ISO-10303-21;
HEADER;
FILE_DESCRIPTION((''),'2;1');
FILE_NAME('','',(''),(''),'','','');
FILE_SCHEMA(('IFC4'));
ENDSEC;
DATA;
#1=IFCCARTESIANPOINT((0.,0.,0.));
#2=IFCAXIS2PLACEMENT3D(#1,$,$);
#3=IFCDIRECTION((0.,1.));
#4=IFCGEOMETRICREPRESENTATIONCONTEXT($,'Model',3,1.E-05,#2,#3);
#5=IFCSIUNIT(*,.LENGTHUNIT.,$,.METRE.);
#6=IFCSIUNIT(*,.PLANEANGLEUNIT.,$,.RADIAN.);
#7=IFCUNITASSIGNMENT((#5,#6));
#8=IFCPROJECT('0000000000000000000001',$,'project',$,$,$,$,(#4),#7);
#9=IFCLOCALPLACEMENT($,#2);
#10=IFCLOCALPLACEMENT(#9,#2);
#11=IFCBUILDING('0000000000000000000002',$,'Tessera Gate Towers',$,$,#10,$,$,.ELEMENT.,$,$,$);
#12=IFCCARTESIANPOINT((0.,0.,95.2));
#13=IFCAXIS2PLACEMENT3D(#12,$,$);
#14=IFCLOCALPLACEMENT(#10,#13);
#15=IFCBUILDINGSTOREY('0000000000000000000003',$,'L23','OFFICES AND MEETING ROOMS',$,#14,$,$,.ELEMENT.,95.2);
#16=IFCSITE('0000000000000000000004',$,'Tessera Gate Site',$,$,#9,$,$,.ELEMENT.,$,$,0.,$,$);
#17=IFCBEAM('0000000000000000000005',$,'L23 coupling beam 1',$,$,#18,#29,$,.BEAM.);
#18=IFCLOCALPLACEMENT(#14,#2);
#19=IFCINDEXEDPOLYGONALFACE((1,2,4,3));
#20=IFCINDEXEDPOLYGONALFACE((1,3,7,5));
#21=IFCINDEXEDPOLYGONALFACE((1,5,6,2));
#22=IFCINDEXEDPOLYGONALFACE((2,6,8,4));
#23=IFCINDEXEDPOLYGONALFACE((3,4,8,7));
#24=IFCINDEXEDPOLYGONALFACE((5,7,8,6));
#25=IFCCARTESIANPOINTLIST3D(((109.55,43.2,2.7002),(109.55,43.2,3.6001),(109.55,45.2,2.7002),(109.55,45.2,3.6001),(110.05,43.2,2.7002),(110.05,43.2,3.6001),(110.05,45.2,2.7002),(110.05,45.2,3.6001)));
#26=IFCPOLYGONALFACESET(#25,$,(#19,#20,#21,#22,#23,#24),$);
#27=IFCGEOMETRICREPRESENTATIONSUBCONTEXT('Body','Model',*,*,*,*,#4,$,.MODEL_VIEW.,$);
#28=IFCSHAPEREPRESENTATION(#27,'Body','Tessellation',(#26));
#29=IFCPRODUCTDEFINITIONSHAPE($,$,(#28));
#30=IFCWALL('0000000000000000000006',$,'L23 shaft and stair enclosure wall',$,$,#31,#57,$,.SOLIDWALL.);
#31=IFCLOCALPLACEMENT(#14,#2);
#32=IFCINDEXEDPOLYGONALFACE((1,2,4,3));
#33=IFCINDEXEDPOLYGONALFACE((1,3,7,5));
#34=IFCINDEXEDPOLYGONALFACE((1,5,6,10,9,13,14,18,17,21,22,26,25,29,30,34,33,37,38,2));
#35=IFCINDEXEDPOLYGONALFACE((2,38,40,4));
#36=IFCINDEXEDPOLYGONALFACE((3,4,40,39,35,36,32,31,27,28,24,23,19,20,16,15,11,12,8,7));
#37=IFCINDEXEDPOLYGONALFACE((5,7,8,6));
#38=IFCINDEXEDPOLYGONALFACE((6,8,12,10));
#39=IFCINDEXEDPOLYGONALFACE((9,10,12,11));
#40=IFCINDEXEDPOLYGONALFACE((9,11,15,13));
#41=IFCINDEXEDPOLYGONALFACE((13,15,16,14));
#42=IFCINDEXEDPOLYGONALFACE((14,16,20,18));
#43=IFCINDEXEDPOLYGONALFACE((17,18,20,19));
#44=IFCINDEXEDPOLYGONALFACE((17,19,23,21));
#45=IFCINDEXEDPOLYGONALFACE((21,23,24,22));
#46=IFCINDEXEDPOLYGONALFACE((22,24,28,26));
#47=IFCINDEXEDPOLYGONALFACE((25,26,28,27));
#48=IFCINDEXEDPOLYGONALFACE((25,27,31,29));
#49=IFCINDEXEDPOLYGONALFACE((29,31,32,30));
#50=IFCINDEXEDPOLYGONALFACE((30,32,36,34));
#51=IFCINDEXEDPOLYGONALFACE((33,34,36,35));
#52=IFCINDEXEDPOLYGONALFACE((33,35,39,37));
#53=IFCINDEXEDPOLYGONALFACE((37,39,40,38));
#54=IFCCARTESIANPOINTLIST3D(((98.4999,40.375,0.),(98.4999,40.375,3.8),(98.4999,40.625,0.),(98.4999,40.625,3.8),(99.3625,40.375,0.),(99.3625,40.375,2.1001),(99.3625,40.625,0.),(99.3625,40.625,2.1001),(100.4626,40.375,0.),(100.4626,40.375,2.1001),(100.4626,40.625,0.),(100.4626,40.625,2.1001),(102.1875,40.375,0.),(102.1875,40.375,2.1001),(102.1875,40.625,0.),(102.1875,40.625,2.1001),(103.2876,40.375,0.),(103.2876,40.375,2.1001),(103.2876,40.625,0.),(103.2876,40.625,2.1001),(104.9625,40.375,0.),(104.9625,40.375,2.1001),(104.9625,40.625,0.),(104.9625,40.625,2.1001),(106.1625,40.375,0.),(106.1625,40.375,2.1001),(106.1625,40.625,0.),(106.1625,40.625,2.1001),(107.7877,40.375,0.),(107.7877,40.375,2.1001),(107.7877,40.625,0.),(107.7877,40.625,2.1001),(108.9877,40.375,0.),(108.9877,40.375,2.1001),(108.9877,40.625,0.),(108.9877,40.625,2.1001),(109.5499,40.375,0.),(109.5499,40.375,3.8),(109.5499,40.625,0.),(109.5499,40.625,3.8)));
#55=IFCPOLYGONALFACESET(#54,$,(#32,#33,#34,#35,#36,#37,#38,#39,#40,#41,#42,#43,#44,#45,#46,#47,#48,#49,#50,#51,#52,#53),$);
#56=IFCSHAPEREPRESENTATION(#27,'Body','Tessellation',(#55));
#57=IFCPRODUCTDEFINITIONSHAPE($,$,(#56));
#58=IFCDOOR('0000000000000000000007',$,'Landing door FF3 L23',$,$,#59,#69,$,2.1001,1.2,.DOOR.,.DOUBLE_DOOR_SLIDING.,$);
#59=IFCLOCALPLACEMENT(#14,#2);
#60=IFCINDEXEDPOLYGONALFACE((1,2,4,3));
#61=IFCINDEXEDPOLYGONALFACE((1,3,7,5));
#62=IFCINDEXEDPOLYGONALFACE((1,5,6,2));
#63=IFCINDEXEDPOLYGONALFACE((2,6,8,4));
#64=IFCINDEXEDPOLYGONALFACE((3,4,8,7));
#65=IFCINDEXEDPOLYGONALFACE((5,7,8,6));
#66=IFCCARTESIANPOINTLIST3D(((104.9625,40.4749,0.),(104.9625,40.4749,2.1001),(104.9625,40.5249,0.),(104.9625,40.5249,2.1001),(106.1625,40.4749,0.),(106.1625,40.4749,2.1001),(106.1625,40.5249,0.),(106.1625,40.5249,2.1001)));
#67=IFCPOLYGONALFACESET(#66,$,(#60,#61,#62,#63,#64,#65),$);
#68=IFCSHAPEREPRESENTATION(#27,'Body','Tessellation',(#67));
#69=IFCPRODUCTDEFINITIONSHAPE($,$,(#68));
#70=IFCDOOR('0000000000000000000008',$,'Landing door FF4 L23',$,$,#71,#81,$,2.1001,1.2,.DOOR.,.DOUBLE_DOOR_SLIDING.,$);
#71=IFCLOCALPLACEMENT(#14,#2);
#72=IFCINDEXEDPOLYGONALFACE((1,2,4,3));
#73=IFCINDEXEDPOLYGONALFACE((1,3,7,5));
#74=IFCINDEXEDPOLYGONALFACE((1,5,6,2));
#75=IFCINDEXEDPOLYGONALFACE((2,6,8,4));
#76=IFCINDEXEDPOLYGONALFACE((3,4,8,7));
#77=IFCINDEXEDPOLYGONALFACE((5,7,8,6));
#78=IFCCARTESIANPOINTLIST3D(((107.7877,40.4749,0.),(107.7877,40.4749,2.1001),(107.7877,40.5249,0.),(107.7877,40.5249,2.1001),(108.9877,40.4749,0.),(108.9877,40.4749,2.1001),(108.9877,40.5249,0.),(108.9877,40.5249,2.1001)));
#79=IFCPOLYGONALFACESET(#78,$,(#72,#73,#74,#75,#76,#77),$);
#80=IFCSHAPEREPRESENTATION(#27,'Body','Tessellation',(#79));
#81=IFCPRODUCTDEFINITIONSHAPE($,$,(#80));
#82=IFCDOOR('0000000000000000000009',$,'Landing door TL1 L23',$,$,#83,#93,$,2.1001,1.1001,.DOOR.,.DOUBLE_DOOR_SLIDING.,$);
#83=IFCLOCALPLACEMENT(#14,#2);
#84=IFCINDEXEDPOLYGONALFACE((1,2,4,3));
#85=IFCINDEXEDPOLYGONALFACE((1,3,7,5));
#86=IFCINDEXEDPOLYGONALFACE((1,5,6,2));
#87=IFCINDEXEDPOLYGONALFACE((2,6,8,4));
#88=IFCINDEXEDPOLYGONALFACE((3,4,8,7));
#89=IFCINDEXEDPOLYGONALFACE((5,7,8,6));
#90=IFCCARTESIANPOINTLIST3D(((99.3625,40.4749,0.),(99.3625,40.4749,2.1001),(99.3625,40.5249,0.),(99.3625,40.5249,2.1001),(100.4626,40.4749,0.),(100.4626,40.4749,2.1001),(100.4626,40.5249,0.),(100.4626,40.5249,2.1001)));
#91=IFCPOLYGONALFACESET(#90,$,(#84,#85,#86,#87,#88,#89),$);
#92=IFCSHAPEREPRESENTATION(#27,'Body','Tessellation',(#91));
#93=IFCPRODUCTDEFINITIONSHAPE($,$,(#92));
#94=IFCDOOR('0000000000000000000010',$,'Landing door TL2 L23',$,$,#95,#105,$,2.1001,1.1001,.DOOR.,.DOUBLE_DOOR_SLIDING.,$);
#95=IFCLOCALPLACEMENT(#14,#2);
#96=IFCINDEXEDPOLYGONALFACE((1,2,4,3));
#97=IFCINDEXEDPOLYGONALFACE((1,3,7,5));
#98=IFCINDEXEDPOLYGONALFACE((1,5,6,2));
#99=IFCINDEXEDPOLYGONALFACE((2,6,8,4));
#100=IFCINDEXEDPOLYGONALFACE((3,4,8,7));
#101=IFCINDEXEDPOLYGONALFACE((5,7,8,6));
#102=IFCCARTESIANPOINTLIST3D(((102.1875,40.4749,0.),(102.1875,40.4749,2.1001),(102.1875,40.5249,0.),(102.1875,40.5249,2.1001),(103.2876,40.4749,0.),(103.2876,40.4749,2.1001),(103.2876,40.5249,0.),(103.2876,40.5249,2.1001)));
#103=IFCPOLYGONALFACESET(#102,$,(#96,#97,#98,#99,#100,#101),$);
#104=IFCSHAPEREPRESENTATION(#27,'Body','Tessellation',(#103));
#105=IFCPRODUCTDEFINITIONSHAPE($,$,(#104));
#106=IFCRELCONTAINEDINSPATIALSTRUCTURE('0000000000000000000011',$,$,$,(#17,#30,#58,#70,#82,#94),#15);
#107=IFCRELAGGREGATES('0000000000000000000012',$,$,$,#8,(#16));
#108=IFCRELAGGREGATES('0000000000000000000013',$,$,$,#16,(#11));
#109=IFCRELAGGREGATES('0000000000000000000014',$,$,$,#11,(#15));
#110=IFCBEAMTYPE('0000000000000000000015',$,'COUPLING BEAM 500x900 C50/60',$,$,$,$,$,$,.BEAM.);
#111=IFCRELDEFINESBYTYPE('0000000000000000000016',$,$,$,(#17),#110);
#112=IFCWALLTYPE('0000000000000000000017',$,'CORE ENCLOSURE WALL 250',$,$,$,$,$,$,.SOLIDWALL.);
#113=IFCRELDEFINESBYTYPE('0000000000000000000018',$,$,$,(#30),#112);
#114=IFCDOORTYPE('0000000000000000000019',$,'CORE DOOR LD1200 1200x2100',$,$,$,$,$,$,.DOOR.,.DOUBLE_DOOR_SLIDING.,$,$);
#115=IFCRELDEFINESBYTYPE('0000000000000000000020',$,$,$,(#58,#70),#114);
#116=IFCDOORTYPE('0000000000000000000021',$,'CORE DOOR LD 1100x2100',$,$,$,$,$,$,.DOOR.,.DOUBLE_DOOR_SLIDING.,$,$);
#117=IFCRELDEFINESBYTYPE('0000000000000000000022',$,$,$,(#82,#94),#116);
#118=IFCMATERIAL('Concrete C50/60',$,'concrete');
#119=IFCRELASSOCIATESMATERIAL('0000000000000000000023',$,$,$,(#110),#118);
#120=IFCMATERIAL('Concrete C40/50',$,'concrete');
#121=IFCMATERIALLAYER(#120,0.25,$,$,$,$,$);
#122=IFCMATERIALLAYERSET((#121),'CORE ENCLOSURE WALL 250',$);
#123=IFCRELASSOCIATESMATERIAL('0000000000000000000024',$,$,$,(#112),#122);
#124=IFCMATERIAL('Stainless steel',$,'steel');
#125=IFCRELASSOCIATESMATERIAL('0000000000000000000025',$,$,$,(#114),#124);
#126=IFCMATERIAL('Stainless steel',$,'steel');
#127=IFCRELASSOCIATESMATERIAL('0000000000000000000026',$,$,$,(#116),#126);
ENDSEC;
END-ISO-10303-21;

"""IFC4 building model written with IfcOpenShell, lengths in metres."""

from ifc_helpers import new_model, si_unit, direction, frame, frame_2d, origin, origin_2d, place, context, subcontext, project, spatial, rectangle, extrude, source, transform, mapped, material, layer, layer_set, material_profile, profile_set, type_object, element, fill, save


model = new_model("IFC4")

# Units and contexts
model_context = context("Model", 3, precision=1e-05, world=origin(), true_north=direction((0.0, 1.0)))
body_context = subcontext(model_context, "Body", "Model", "MODEL_VIEW")
ifc_project = project(units=[si_unit("LENGTHUNIT", "METRE"), si_unit("PLANEANGLEUNIT", "RADIAN")], contexts=[model_context])

# Site, building, storey
site_placement = place(None, origin())
site = spatial("IfcSite", under=ifc_project, at=site_placement, Name="Tessera Gate Site", CompositionType="ELEMENT", RefElevation=0.0)
building_placement = place(site_placement, origin())
building = spatial("IfcBuilding", under=site, at=building_placement, Name="Tessera Gate Towers", CompositionType="ELEMENT")
storey_placement = place(building_placement, frame((0.0, 0.0, 95.2)))
storey = spatial("IfcBuildingStorey", under=building, at=storey_placement, Name="L23", Description="OFFICES AND MEETING ROOMS", CompositionType="ELEMENT", Elevation=95.2)

# Beam
ifc_material_1 = material(Name="Concrete C50/60", Category="concrete")
ifc_material_profile = material_profile(ifc_material_1, rectangle(XDim=0.5, YDim=0.8999, at=origin_2d()), Name="RC 500x900")
ifc_profile_set = profile_set([ifc_material_profile], Name="Concrete C50/60")
beam_type = type_object("IfcBeamType", Name="COUPLING BEAM 500x900 C50/60", PredefinedType="BEAM", material=ifc_profile_set)
beam_placement = place(storey_placement, frame((109.8, 43.2, 3.1501), z_axis=(0.0, 1.0, 0.0), x_axis=(-1.0, 0.0, 0.0)))
element("IfcBeam", 1, at=beam_placement, inside=storey, type_object=beam_type, Name="L23 coupling beam 1", PredefinedType="BEAM", context=body_context, shape_type="SweptSolid", body=[
    extrude(rectangle(XDim=0.5, YDim=0.8999, at=origin_2d()), origin(), (0.0, 0.0, 1.0), 2.0),
])

# Wall, openings, doors
ifc_material_2 = material(Name="Concrete C40/50", Category="concrete")
ifc_layer_1 = layer(ifc_material_2, 0.25)
ifc_layer_set_1 = layer_set([ifc_layer_1], Name="CORE ENCLOSURE WALL 250")
wall_type_1 = type_object("IfcWallType", Name="CORE ENCLOSURE WALL 250", PredefinedType="SOLIDWALL", material=ifc_layer_set_1)
wall_1_placement = place(storey_placement, frame((98.5, 40.5, 0.0), z_axis=(0.0, 0.0, 1.0), x_axis=(1.0, 0.0, 0.0)))
wall_1 = element("IfcWall", 2, at=wall_1_placement, inside=storey, type_object=wall_type_1, Name="L23 shaft and stair enclosure wall", PredefinedType="SOLIDWALL", context=body_context, shape_type="SweptSolid", body=[
    extrude(rectangle(XDim=11.05, YDim=0.25, at=frame_2d((5.5249, 0.0))), origin(), (0.0, 0.0, 1.0), 3.8),
])
shared_shape_1 = source(origin(), body_context, "Body", "SweptSolid", [
    extrude(rectangle(XDim=1.1001, YDim=2.1001, at=frame_2d((0.55, 1.05))), frame((0.0, 0.135, 0.0), z_axis=(0.0, -1.0, 0.0), x_axis=(1.0, 0.0, 0.0)), (0.0, 0.0, 1.0), 0.27),
])
opening_1_placement = place(wall_1_placement, frame((0.8625, 0.0, 0.0)))
opening_1 = element("IfcOpeningElement", 3, at=opening_1_placement, cuts=wall_1, PredefinedType="OPENING", context=body_context, shape_type="MappedRepresentation", body=[
    mapped(shared_shape_1, transform((0.0, 0.0, 0.0), scale=1.0)),
])
opening_2_placement = place(wall_1_placement, frame((3.6875, 0.0, 0.0)))
opening_2 = element("IfcOpeningElement", 4, at=opening_2_placement, cuts=wall_1, PredefinedType="OPENING", context=body_context, shape_type="MappedRepresentation", body=[
    mapped(shared_shape_1, transform((0.0, 0.0, 0.0), scale=1.0)),
])
shared_shape_2 = source(origin(), body_context, "Body", "SweptSolid", [
    extrude(rectangle(XDim=1.2, YDim=2.1001, at=frame_2d((0.6001, 1.05))), frame((0.0, 0.135, 0.0), z_axis=(0.0, -1.0, 0.0), x_axis=(1.0, 0.0, 0.0)), (0.0, 0.0, 1.0), 0.27),
])
opening_3_placement = place(wall_1_placement, frame((6.4624, 0.0, 0.0)))
opening_3 = element("IfcOpeningElement", 5, at=opening_3_placement, cuts=wall_1, PredefinedType="OPENING", context=body_context, shape_type="MappedRepresentation", body=[
    mapped(shared_shape_2, transform((0.0, 0.0, 0.0), scale=1.0)),
])
opening_4_placement = place(wall_1_placement, frame((9.2876, 0.0, 0.0)))
opening_4 = element("IfcOpeningElement", 6, at=opening_4_placement, cuts=wall_1, PredefinedType="OPENING", context=body_context, shape_type="MappedRepresentation", body=[
    mapped(shared_shape_2, transform((0.0, 0.0, 0.0), scale=1.0)),
])
ifc_material_3 = material(Name="Stainless steel", Category="steel")
door_type_1 = type_object("IfcDoorType", Name="CORE DOOR LD1200 1200x2100", OperationType="DOUBLE_DOOR_SLIDING", PredefinedType="DOOR", material=ifc_material_3)
shared_shape_3 = source(origin(), body_context, "Body", "SweptSolid", [
    extrude(rectangle(XDim=1.2, YDim=2.1001, at=frame_2d((0.6001, 1.05))), frame((0.0, 0.0249, 0.0), z_axis=(0.0, -1.0, 0.0), x_axis=(1.0, 0.0, 0.0)), (0.0, 0.0, 1.0), 0.05),
])
door_1_placement = place(opening_3_placement, origin())
door_1 = element("IfcDoor", 7, at=door_1_placement, inside=storey, type_object=door_type_1, Name="Landing door FF3 L23", OperationType="DOUBLE_DOOR_SLIDING", OverallHeight=2.1001, OverallWidth=1.2, PredefinedType="DOOR", context=body_context, shape_type="MappedRepresentation", body=[
    mapped(shared_shape_3, transform((0.0, 0.0, 0.0), scale=1.0)),
])
fill(opening_3, door_1)
door_2_placement = place(opening_4_placement, origin())
door_2 = element("IfcDoor", 8, at=door_2_placement, inside=storey, type_object=door_type_1, Name="Landing door FF4 L23", OperationType="DOUBLE_DOOR_SLIDING", OverallHeight=2.1001, OverallWidth=1.2, PredefinedType="DOOR", context=body_context, shape_type="MappedRepresentation", body=[
    mapped(shared_shape_3, transform((0.0, 0.0, 0.0), scale=1.0)),
])
fill(opening_4, door_2)
ifc_material_4 = material(Name="Stainless steel", Category="steel")
door_type_2 = type_object("IfcDoorType", Name="CORE DOOR LD 1100x2100", OperationType="DOUBLE_DOOR_SLIDING", PredefinedType="DOOR", material=ifc_material_4)
shared_shape_4 = source(origin(), body_context, "Body", "SweptSolid", [
    extrude(rectangle(XDim=1.1001, YDim=2.1001, at=frame_2d((0.55, 1.05))), frame((0.0, 0.0249, 0.0), z_axis=(0.0, -1.0, 0.0), x_axis=(1.0, 0.0, 0.0)), (0.0, 0.0, 1.0), 0.05),
])
door_3_placement = place(opening_1_placement, origin())
door_3 = element("IfcDoor", 9, at=door_3_placement, inside=storey, type_object=door_type_2, Name="Landing door TL1 L23", OperationType="DOUBLE_DOOR_SLIDING", OverallHeight=2.1001, OverallWidth=1.1001, PredefinedType="DOOR", context=body_context, shape_type="MappedRepresentation", body=[
    mapped(shared_shape_4, transform((0.0, 0.0, 0.0), scale=1.0)),
])
fill(opening_1, door_3)
door_4_placement = place(opening_2_placement, origin())
door_4 = element("IfcDoor", 10, at=door_4_placement, inside=storey, type_object=door_type_2, Name="Landing door TL2 L23", OperationType="DOUBLE_DOOR_SLIDING", OverallHeight=2.1001, OverallWidth=1.1001, PredefinedType="DOOR", context=body_context, shape_type="MappedRepresentation", body=[
    mapped(shared_shape_4, transform((0.0, 0.0, 0.0), scale=1.0)),
])
fill(opening_2, door_4)

save(model, "model.ifc")
